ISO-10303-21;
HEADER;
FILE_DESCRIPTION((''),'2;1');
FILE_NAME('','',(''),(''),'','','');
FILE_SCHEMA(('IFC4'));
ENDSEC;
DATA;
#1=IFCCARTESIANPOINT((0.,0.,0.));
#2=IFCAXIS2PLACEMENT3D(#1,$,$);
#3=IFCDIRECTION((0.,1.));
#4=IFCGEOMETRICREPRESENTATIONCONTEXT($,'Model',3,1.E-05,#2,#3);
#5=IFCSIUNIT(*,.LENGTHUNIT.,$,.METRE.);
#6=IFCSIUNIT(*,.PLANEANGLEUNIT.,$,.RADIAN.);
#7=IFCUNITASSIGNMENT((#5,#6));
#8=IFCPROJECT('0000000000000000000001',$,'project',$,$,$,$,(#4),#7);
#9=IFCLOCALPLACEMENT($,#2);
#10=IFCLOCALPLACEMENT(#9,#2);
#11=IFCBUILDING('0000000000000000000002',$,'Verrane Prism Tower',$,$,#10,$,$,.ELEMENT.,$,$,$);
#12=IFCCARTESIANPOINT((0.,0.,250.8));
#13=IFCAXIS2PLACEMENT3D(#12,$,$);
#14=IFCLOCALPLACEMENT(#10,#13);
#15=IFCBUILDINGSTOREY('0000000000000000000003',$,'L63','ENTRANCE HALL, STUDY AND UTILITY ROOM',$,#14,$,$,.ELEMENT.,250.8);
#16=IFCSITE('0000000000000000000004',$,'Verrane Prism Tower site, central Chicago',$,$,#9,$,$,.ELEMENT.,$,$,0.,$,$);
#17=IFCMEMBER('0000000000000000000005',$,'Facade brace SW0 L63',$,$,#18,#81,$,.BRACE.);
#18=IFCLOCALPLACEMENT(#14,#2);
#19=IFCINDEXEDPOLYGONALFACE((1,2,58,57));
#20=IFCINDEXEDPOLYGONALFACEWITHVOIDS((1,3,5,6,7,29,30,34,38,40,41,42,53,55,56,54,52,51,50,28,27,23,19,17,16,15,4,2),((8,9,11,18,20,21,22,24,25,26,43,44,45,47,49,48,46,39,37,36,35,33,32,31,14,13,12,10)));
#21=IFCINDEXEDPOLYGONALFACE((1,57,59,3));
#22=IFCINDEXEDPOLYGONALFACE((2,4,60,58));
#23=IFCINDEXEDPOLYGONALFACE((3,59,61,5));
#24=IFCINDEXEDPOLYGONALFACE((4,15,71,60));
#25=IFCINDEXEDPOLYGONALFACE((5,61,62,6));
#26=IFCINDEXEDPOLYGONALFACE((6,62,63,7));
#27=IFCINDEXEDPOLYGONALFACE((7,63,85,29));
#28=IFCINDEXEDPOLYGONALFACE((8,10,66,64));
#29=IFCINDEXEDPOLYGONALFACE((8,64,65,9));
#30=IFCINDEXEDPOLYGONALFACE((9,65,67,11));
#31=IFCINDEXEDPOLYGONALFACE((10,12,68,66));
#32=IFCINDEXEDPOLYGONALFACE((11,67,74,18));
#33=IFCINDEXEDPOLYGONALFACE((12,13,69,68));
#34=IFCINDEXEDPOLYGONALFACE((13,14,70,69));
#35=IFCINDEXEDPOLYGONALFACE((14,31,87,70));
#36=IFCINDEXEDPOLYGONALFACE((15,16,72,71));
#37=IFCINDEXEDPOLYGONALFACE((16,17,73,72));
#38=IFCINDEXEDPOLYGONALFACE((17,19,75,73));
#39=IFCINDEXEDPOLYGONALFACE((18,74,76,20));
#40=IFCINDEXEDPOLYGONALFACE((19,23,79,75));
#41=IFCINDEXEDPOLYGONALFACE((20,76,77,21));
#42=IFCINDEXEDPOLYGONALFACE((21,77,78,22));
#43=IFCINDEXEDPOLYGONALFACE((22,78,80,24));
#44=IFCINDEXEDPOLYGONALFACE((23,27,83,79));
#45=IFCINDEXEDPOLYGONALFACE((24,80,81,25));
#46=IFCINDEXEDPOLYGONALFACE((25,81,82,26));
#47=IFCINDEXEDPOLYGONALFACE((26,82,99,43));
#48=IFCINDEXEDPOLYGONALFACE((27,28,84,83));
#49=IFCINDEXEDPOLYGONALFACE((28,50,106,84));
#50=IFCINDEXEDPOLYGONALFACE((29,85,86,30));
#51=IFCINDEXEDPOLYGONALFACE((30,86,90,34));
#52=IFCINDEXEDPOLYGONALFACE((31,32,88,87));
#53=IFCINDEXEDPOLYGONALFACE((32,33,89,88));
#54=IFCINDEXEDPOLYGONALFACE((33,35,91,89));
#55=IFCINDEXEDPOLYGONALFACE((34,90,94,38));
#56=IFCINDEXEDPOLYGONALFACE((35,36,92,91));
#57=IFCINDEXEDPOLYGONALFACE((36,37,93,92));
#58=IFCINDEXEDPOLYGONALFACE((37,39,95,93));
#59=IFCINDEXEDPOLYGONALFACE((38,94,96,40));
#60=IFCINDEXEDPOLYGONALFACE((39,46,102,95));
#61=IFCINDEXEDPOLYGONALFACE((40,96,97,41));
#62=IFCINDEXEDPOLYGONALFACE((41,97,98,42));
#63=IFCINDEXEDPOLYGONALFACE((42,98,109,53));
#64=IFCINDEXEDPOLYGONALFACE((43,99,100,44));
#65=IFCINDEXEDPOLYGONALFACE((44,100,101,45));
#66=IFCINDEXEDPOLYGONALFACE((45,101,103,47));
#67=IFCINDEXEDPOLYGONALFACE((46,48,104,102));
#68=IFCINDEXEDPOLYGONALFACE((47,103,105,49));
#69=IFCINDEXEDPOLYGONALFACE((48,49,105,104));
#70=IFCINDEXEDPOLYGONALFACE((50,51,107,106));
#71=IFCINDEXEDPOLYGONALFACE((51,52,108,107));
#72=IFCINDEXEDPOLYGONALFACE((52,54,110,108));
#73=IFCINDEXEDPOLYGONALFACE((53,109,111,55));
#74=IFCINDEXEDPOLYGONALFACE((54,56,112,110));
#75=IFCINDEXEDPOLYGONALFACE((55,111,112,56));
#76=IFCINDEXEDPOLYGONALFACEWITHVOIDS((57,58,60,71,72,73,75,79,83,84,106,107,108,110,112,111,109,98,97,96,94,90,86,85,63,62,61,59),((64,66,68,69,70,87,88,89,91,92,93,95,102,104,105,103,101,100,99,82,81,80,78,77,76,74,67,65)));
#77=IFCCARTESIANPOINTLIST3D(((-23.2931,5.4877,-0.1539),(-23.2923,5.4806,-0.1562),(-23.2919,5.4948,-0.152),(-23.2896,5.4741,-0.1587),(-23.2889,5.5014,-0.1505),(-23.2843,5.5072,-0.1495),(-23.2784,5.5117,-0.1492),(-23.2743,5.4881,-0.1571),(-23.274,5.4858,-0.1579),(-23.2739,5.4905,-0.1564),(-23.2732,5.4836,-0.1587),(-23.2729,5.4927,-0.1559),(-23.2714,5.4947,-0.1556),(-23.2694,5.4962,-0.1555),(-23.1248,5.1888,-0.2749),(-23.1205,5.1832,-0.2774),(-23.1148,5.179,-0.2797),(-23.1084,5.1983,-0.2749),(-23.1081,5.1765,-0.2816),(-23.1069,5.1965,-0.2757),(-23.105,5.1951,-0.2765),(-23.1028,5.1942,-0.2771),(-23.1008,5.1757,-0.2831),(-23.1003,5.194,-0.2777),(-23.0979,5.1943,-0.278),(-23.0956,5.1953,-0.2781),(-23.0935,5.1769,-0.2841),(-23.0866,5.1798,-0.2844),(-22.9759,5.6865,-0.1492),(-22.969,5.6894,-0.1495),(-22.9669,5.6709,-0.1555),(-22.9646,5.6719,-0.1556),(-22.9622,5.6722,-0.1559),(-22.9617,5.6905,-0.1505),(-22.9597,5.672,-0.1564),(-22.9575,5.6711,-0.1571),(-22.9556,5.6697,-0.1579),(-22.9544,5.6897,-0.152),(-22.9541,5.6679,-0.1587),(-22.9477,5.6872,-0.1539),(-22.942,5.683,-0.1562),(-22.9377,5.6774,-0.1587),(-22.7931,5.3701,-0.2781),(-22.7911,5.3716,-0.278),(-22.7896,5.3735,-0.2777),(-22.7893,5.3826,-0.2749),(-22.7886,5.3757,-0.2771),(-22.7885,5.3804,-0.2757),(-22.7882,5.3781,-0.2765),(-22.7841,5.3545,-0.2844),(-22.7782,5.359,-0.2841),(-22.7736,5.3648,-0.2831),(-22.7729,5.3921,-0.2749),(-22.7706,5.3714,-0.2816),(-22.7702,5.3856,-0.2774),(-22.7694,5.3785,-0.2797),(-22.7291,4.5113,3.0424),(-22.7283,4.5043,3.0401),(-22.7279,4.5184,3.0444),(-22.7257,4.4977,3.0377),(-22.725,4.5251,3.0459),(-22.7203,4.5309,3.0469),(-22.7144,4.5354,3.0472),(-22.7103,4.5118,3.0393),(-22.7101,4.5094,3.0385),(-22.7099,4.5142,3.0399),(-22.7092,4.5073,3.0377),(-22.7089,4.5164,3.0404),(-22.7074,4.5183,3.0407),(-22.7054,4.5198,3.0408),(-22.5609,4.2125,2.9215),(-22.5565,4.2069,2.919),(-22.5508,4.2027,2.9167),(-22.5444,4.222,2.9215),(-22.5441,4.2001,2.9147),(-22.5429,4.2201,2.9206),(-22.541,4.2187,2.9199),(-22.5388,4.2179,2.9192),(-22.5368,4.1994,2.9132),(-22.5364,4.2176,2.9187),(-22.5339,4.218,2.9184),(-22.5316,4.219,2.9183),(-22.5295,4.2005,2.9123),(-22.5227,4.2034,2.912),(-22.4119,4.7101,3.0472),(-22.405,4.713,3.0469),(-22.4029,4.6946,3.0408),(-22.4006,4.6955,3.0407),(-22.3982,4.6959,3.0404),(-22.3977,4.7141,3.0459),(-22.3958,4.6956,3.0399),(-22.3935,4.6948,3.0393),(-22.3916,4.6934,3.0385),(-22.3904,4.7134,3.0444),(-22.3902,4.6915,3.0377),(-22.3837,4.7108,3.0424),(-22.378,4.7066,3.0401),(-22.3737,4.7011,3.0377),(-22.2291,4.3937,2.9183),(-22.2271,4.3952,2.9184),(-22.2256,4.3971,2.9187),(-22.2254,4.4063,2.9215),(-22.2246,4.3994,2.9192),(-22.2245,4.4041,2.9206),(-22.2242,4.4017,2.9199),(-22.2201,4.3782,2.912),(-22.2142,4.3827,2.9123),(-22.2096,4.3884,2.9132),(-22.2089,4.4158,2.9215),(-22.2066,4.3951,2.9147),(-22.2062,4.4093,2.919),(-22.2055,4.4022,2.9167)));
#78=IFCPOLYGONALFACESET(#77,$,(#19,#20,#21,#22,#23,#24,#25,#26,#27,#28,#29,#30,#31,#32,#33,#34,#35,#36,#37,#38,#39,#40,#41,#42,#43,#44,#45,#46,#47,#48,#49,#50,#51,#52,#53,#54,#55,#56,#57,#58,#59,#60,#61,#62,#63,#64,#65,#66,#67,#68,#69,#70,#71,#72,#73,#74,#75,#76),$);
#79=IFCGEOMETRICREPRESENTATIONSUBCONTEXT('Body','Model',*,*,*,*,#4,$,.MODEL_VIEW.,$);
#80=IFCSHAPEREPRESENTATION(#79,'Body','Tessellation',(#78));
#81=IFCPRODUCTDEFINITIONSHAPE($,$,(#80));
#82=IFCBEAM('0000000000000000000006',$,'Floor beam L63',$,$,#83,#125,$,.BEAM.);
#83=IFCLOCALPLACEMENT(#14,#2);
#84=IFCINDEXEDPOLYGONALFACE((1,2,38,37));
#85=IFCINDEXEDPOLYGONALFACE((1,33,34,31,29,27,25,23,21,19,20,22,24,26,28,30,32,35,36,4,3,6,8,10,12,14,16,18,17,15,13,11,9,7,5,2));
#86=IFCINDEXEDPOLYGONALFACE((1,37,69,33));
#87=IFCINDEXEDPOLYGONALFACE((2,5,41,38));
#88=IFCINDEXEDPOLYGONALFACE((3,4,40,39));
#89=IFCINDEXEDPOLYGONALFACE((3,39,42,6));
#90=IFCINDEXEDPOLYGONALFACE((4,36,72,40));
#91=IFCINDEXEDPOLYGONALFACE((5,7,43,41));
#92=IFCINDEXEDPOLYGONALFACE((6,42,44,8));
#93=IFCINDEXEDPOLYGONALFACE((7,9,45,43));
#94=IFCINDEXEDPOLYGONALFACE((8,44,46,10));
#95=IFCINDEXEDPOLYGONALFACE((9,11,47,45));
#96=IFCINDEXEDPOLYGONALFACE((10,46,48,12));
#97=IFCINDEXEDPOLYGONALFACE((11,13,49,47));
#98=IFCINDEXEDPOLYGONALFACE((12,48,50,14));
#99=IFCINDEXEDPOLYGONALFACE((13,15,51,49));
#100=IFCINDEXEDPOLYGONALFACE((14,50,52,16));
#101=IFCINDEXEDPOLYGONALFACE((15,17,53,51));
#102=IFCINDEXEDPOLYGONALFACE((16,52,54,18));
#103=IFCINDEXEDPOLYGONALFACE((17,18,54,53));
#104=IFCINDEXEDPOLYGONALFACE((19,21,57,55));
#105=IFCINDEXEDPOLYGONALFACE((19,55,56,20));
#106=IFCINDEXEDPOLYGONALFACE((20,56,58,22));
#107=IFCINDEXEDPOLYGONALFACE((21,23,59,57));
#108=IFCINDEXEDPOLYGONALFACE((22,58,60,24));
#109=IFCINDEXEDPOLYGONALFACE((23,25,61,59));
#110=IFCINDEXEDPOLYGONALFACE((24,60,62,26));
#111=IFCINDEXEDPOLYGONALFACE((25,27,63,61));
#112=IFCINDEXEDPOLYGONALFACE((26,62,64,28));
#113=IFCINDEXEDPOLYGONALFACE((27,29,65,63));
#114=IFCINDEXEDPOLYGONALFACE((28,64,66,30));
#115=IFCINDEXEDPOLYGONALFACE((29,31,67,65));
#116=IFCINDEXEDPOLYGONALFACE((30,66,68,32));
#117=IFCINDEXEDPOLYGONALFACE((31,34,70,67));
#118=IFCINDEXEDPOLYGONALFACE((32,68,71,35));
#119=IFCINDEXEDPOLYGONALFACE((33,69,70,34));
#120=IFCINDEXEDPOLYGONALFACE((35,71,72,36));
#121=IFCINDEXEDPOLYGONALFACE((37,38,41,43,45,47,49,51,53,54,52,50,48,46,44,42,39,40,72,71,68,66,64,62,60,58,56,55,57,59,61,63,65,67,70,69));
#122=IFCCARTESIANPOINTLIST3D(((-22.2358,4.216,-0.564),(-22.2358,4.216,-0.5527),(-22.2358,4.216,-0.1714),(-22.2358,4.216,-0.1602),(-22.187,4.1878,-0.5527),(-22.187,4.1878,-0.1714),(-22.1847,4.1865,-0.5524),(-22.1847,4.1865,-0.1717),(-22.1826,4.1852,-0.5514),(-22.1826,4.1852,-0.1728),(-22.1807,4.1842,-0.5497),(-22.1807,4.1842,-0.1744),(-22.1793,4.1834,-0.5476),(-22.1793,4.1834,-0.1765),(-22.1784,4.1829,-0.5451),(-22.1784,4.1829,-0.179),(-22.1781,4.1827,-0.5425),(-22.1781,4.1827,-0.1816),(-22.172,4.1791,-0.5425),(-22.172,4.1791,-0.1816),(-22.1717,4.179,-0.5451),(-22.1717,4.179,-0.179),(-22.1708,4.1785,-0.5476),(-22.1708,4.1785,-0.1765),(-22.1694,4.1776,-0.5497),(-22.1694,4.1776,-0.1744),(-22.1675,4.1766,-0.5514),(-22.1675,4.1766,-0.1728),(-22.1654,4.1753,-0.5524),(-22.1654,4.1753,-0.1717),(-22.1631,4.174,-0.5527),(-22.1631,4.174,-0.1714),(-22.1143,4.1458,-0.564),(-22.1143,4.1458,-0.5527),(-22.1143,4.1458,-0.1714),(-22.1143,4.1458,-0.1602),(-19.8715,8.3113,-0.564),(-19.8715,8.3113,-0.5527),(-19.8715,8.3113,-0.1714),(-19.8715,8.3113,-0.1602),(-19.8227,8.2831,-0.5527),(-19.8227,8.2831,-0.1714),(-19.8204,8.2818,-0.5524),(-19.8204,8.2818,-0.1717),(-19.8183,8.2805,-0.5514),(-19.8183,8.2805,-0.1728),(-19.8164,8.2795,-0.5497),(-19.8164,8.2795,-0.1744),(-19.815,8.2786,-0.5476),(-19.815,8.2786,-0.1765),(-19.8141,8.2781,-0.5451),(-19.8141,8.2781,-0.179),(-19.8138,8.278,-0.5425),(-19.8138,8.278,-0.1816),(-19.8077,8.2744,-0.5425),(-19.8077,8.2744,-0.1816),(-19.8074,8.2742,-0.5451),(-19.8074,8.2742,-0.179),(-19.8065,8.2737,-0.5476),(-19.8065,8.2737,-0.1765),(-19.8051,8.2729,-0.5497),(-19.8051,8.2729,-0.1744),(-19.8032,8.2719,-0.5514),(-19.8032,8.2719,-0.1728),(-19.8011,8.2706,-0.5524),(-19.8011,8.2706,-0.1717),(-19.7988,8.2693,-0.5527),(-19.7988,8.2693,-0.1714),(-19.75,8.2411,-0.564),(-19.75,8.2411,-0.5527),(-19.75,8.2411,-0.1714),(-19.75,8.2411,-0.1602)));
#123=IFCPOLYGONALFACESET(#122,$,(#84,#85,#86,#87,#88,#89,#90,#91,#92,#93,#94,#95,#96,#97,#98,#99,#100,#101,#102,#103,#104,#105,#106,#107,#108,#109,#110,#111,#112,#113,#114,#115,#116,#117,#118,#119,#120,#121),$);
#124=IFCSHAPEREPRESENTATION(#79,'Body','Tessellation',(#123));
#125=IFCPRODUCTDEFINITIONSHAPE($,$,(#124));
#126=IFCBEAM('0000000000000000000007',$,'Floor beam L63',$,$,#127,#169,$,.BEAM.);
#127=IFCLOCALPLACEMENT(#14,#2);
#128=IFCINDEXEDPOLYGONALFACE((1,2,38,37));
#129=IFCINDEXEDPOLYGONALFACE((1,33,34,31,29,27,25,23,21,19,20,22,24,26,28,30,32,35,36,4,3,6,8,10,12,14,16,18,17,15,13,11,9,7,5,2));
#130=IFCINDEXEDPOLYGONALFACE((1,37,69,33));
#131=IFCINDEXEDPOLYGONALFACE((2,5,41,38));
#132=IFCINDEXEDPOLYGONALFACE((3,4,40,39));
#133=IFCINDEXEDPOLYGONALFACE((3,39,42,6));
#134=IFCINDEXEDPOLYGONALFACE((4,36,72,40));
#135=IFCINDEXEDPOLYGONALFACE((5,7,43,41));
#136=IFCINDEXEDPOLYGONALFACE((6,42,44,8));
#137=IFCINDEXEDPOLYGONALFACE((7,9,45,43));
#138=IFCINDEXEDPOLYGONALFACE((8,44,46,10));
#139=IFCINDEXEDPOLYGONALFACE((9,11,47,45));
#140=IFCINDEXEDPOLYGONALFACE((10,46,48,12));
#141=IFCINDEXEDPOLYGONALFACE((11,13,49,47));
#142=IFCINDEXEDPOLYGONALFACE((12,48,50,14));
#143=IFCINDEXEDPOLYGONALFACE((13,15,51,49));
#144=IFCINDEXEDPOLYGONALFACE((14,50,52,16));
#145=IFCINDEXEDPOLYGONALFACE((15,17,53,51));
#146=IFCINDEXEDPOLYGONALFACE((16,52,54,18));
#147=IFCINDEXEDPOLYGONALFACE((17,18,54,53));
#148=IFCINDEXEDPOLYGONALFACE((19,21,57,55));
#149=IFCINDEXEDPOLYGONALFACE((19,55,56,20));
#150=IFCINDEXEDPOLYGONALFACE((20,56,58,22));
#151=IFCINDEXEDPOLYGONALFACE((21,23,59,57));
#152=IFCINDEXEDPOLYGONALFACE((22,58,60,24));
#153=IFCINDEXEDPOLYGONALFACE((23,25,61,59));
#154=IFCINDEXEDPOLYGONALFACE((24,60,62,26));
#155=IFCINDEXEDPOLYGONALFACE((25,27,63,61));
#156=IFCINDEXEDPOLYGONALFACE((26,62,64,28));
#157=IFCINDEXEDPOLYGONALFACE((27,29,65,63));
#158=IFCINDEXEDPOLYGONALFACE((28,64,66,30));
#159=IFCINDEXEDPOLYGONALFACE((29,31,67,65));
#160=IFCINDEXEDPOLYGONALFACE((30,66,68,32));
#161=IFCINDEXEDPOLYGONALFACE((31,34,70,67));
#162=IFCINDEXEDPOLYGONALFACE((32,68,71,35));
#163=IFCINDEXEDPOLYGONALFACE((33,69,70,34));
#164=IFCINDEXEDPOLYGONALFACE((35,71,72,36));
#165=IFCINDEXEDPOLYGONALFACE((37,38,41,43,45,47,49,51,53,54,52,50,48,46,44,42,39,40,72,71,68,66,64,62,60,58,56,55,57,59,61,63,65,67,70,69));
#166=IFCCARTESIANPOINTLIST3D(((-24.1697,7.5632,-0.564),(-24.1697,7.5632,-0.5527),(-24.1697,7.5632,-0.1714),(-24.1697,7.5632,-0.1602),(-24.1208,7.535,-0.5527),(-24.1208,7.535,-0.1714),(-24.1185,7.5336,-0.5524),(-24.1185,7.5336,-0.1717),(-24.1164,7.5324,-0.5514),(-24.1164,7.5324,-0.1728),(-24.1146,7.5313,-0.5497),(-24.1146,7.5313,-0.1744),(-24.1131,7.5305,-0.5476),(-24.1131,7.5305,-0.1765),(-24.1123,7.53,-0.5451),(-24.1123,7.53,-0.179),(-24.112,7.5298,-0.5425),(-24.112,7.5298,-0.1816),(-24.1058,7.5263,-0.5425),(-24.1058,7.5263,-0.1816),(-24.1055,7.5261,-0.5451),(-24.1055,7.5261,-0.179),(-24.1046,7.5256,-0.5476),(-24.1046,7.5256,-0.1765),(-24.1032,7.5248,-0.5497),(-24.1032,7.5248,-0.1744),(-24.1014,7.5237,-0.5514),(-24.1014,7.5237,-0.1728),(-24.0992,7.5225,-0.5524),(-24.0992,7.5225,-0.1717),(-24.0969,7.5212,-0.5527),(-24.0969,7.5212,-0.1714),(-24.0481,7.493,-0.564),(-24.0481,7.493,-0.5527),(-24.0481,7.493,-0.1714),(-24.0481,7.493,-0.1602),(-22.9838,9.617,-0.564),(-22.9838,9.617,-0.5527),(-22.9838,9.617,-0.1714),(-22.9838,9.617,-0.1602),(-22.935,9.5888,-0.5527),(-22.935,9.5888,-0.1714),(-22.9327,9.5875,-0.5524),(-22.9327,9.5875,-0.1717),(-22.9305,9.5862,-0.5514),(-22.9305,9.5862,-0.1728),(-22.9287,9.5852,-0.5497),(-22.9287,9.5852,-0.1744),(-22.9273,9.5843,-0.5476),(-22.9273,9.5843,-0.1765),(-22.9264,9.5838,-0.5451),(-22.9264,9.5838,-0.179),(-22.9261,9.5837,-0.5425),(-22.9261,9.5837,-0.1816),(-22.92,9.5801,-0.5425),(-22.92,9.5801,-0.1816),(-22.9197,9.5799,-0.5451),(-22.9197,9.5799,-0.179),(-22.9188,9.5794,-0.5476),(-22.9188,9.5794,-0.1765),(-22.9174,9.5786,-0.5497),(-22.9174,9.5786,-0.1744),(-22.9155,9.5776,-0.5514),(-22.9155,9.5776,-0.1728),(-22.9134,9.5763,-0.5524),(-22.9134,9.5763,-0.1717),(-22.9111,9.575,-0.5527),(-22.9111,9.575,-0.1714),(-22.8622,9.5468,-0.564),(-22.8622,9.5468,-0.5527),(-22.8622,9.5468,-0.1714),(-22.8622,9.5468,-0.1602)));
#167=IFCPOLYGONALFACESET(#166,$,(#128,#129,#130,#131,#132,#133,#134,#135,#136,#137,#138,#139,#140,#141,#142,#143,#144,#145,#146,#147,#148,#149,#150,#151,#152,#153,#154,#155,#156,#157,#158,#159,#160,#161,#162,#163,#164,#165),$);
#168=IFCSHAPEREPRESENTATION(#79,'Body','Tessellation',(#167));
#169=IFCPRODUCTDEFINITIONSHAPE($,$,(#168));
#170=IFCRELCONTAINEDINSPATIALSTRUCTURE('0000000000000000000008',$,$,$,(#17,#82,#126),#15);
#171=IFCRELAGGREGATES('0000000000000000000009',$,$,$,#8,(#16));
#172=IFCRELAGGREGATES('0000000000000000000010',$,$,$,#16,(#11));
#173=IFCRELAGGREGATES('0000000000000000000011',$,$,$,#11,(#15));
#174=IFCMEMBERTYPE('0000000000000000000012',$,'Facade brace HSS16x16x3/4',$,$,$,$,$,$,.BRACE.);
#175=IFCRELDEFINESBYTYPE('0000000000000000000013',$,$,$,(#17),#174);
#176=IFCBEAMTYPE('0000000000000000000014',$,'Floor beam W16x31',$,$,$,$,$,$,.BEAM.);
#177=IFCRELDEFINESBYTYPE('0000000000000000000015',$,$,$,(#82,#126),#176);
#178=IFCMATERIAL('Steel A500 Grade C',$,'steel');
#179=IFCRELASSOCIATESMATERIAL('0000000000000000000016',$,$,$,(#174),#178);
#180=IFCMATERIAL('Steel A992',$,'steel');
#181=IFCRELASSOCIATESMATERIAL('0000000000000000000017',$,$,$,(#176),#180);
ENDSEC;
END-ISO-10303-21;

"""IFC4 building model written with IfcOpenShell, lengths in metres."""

from ifc_helpers import new_model, si_unit, direction, frame, origin, origin_2d, place, context, subcontext, project, spatial, hollow_rectangle, i_section, extrude, material, material_profile, profile_set, type_object, element, save


model = new_model("IFC4")

# Units and contexts
model_context = context("Model", 3, precision=1e-05, world=origin(), true_north=direction((0.0, 1.0)))
body_context = subcontext(model_context, "Body", "Model", "MODEL_VIEW")
ifc_project = project(units=[si_unit("LENGTHUNIT", "METRE"), si_unit("PLANEANGLEUNIT", "RADIAN")], contexts=[model_context])

# Site, building, storey
site_placement = place(None, origin())
site = spatial("IfcSite", under=ifc_project, at=site_placement, Name="Verrane Prism Tower site, central Chicago", CompositionType="ELEMENT", RefElevation=0.0)
building_placement = place(site_placement, origin())
building = spatial("IfcBuilding", under=site, at=building_placement, Name="Verrane Prism Tower", CompositionType="ELEMENT")
storey_placement = place(building_placement, frame((0.0, 0.0, 250.8)))
storey = spatial("IfcBuildingStorey", under=building, at=storey_placement, Name="L63", Description="ENTRANCE HALL, STUDY AND UTILITY ROOM", CompositionType="ELEMENT", Elevation=250.8)

# Member
ifc_material_1 = material(Name="Steel A500 Grade C", Category="steel")
ifc_material_profile_1 = material_profile(ifc_material_1, hollow_rectangle(XDim=0.4065, YDim=0.4065, WallThickness=0.019, InnerFilletRadius=0.0095, OuterFilletRadius=0.0286, at=origin_2d()), Name="HSS16x16x3/4")
ifc_profile_set_1 = profile_set([ifc_material_profile_1], Name="Steel A500 Grade C")
member_type_1 = type_object("IfcMemberType", Name="Facade brace HSS16x16x3/4", PredefinedType="BRACE", material=ifc_profile_set_1)
member_1_placement = place(storey_placement, frame((-23.0312, 5.4331, -0.2168), z_axis=(0.166394, -0.288057, 0.943046), x_axis=(0.865915, 0.500191, 0.0)))
element("IfcMember", 1, at=member_1_placement, inside=storey, type_object=member_type_1, Name="Facade brace SW0 L63", PredefinedType="BRACE", context=body_context, shape_type="SweptSolid", body=[
    extrude(hollow_rectangle(XDim=0.4065, YDim=0.4065, WallThickness=0.019, InnerFilletRadius=0.0095, OuterFilletRadius=0.0286, at=origin_2d()), origin(), (0.0, 0.0, 1.0), 3.3894),
])

# Beams
ifc_material_2 = material(Name="Steel A992", Category="steel")
ifc_material_profile_2 = material_profile(ifc_material_2, i_section(OverallWidth=0.1404, OverallDepth=0.4038, WebThickness=0.0071, FlangeThickness=0.0112, FilletRadius=0.0103, at=origin_2d()), Name="W16x31")
ifc_profile_set_2 = profile_set([ifc_material_profile_2], Name="Steel A992")
beam_type_1 = type_object("IfcBeamType", Name="Floor beam W16x31", PredefinedType="BEAM", material=ifc_profile_set_2)
beam_1_placement = place(storey_placement, frame((-22.175, 4.1809, -0.3621), z_axis=(0.499982, 0.866036, 0.0), x_axis=(-0.866036, 0.499982, 0.0)))
element("IfcBeam", 2, at=beam_1_placement, inside=storey, type_object=beam_type_1, Name="Floor beam L63", PredefinedType="BEAM", context=body_context, shape_type="SweptSolid", body=[
    extrude(i_section(OverallWidth=0.1404, OverallDepth=0.4038, WebThickness=0.0071, FlangeThickness=0.0112, FilletRadius=0.0103, at=origin_2d()), origin(), (0.0, 0.0, 1.0), 4.7288),
])
beam_2_placement = place(storey_placement, frame((-24.1089, 7.5281, -0.3621), z_axis=(0.500025, 0.866011, 0.0), x_axis=(-0.866011, 0.500025, 0.0)))
element("IfcBeam", 3, at=beam_2_placement, inside=storey, type_object=beam_type_1, Name="Floor beam L63", PredefinedType="BEAM", context=body_context, shape_type="SweptSolid", body=[
    extrude(i_section(OverallWidth=0.1404, OverallDepth=0.4038, WebThickness=0.0071, FlangeThickness=0.0112, FilletRadius=0.0103, at=origin_2d()), origin(), (0.0, 0.0, 1.0), 2.3716),
])

save(model, "model.ifc")
